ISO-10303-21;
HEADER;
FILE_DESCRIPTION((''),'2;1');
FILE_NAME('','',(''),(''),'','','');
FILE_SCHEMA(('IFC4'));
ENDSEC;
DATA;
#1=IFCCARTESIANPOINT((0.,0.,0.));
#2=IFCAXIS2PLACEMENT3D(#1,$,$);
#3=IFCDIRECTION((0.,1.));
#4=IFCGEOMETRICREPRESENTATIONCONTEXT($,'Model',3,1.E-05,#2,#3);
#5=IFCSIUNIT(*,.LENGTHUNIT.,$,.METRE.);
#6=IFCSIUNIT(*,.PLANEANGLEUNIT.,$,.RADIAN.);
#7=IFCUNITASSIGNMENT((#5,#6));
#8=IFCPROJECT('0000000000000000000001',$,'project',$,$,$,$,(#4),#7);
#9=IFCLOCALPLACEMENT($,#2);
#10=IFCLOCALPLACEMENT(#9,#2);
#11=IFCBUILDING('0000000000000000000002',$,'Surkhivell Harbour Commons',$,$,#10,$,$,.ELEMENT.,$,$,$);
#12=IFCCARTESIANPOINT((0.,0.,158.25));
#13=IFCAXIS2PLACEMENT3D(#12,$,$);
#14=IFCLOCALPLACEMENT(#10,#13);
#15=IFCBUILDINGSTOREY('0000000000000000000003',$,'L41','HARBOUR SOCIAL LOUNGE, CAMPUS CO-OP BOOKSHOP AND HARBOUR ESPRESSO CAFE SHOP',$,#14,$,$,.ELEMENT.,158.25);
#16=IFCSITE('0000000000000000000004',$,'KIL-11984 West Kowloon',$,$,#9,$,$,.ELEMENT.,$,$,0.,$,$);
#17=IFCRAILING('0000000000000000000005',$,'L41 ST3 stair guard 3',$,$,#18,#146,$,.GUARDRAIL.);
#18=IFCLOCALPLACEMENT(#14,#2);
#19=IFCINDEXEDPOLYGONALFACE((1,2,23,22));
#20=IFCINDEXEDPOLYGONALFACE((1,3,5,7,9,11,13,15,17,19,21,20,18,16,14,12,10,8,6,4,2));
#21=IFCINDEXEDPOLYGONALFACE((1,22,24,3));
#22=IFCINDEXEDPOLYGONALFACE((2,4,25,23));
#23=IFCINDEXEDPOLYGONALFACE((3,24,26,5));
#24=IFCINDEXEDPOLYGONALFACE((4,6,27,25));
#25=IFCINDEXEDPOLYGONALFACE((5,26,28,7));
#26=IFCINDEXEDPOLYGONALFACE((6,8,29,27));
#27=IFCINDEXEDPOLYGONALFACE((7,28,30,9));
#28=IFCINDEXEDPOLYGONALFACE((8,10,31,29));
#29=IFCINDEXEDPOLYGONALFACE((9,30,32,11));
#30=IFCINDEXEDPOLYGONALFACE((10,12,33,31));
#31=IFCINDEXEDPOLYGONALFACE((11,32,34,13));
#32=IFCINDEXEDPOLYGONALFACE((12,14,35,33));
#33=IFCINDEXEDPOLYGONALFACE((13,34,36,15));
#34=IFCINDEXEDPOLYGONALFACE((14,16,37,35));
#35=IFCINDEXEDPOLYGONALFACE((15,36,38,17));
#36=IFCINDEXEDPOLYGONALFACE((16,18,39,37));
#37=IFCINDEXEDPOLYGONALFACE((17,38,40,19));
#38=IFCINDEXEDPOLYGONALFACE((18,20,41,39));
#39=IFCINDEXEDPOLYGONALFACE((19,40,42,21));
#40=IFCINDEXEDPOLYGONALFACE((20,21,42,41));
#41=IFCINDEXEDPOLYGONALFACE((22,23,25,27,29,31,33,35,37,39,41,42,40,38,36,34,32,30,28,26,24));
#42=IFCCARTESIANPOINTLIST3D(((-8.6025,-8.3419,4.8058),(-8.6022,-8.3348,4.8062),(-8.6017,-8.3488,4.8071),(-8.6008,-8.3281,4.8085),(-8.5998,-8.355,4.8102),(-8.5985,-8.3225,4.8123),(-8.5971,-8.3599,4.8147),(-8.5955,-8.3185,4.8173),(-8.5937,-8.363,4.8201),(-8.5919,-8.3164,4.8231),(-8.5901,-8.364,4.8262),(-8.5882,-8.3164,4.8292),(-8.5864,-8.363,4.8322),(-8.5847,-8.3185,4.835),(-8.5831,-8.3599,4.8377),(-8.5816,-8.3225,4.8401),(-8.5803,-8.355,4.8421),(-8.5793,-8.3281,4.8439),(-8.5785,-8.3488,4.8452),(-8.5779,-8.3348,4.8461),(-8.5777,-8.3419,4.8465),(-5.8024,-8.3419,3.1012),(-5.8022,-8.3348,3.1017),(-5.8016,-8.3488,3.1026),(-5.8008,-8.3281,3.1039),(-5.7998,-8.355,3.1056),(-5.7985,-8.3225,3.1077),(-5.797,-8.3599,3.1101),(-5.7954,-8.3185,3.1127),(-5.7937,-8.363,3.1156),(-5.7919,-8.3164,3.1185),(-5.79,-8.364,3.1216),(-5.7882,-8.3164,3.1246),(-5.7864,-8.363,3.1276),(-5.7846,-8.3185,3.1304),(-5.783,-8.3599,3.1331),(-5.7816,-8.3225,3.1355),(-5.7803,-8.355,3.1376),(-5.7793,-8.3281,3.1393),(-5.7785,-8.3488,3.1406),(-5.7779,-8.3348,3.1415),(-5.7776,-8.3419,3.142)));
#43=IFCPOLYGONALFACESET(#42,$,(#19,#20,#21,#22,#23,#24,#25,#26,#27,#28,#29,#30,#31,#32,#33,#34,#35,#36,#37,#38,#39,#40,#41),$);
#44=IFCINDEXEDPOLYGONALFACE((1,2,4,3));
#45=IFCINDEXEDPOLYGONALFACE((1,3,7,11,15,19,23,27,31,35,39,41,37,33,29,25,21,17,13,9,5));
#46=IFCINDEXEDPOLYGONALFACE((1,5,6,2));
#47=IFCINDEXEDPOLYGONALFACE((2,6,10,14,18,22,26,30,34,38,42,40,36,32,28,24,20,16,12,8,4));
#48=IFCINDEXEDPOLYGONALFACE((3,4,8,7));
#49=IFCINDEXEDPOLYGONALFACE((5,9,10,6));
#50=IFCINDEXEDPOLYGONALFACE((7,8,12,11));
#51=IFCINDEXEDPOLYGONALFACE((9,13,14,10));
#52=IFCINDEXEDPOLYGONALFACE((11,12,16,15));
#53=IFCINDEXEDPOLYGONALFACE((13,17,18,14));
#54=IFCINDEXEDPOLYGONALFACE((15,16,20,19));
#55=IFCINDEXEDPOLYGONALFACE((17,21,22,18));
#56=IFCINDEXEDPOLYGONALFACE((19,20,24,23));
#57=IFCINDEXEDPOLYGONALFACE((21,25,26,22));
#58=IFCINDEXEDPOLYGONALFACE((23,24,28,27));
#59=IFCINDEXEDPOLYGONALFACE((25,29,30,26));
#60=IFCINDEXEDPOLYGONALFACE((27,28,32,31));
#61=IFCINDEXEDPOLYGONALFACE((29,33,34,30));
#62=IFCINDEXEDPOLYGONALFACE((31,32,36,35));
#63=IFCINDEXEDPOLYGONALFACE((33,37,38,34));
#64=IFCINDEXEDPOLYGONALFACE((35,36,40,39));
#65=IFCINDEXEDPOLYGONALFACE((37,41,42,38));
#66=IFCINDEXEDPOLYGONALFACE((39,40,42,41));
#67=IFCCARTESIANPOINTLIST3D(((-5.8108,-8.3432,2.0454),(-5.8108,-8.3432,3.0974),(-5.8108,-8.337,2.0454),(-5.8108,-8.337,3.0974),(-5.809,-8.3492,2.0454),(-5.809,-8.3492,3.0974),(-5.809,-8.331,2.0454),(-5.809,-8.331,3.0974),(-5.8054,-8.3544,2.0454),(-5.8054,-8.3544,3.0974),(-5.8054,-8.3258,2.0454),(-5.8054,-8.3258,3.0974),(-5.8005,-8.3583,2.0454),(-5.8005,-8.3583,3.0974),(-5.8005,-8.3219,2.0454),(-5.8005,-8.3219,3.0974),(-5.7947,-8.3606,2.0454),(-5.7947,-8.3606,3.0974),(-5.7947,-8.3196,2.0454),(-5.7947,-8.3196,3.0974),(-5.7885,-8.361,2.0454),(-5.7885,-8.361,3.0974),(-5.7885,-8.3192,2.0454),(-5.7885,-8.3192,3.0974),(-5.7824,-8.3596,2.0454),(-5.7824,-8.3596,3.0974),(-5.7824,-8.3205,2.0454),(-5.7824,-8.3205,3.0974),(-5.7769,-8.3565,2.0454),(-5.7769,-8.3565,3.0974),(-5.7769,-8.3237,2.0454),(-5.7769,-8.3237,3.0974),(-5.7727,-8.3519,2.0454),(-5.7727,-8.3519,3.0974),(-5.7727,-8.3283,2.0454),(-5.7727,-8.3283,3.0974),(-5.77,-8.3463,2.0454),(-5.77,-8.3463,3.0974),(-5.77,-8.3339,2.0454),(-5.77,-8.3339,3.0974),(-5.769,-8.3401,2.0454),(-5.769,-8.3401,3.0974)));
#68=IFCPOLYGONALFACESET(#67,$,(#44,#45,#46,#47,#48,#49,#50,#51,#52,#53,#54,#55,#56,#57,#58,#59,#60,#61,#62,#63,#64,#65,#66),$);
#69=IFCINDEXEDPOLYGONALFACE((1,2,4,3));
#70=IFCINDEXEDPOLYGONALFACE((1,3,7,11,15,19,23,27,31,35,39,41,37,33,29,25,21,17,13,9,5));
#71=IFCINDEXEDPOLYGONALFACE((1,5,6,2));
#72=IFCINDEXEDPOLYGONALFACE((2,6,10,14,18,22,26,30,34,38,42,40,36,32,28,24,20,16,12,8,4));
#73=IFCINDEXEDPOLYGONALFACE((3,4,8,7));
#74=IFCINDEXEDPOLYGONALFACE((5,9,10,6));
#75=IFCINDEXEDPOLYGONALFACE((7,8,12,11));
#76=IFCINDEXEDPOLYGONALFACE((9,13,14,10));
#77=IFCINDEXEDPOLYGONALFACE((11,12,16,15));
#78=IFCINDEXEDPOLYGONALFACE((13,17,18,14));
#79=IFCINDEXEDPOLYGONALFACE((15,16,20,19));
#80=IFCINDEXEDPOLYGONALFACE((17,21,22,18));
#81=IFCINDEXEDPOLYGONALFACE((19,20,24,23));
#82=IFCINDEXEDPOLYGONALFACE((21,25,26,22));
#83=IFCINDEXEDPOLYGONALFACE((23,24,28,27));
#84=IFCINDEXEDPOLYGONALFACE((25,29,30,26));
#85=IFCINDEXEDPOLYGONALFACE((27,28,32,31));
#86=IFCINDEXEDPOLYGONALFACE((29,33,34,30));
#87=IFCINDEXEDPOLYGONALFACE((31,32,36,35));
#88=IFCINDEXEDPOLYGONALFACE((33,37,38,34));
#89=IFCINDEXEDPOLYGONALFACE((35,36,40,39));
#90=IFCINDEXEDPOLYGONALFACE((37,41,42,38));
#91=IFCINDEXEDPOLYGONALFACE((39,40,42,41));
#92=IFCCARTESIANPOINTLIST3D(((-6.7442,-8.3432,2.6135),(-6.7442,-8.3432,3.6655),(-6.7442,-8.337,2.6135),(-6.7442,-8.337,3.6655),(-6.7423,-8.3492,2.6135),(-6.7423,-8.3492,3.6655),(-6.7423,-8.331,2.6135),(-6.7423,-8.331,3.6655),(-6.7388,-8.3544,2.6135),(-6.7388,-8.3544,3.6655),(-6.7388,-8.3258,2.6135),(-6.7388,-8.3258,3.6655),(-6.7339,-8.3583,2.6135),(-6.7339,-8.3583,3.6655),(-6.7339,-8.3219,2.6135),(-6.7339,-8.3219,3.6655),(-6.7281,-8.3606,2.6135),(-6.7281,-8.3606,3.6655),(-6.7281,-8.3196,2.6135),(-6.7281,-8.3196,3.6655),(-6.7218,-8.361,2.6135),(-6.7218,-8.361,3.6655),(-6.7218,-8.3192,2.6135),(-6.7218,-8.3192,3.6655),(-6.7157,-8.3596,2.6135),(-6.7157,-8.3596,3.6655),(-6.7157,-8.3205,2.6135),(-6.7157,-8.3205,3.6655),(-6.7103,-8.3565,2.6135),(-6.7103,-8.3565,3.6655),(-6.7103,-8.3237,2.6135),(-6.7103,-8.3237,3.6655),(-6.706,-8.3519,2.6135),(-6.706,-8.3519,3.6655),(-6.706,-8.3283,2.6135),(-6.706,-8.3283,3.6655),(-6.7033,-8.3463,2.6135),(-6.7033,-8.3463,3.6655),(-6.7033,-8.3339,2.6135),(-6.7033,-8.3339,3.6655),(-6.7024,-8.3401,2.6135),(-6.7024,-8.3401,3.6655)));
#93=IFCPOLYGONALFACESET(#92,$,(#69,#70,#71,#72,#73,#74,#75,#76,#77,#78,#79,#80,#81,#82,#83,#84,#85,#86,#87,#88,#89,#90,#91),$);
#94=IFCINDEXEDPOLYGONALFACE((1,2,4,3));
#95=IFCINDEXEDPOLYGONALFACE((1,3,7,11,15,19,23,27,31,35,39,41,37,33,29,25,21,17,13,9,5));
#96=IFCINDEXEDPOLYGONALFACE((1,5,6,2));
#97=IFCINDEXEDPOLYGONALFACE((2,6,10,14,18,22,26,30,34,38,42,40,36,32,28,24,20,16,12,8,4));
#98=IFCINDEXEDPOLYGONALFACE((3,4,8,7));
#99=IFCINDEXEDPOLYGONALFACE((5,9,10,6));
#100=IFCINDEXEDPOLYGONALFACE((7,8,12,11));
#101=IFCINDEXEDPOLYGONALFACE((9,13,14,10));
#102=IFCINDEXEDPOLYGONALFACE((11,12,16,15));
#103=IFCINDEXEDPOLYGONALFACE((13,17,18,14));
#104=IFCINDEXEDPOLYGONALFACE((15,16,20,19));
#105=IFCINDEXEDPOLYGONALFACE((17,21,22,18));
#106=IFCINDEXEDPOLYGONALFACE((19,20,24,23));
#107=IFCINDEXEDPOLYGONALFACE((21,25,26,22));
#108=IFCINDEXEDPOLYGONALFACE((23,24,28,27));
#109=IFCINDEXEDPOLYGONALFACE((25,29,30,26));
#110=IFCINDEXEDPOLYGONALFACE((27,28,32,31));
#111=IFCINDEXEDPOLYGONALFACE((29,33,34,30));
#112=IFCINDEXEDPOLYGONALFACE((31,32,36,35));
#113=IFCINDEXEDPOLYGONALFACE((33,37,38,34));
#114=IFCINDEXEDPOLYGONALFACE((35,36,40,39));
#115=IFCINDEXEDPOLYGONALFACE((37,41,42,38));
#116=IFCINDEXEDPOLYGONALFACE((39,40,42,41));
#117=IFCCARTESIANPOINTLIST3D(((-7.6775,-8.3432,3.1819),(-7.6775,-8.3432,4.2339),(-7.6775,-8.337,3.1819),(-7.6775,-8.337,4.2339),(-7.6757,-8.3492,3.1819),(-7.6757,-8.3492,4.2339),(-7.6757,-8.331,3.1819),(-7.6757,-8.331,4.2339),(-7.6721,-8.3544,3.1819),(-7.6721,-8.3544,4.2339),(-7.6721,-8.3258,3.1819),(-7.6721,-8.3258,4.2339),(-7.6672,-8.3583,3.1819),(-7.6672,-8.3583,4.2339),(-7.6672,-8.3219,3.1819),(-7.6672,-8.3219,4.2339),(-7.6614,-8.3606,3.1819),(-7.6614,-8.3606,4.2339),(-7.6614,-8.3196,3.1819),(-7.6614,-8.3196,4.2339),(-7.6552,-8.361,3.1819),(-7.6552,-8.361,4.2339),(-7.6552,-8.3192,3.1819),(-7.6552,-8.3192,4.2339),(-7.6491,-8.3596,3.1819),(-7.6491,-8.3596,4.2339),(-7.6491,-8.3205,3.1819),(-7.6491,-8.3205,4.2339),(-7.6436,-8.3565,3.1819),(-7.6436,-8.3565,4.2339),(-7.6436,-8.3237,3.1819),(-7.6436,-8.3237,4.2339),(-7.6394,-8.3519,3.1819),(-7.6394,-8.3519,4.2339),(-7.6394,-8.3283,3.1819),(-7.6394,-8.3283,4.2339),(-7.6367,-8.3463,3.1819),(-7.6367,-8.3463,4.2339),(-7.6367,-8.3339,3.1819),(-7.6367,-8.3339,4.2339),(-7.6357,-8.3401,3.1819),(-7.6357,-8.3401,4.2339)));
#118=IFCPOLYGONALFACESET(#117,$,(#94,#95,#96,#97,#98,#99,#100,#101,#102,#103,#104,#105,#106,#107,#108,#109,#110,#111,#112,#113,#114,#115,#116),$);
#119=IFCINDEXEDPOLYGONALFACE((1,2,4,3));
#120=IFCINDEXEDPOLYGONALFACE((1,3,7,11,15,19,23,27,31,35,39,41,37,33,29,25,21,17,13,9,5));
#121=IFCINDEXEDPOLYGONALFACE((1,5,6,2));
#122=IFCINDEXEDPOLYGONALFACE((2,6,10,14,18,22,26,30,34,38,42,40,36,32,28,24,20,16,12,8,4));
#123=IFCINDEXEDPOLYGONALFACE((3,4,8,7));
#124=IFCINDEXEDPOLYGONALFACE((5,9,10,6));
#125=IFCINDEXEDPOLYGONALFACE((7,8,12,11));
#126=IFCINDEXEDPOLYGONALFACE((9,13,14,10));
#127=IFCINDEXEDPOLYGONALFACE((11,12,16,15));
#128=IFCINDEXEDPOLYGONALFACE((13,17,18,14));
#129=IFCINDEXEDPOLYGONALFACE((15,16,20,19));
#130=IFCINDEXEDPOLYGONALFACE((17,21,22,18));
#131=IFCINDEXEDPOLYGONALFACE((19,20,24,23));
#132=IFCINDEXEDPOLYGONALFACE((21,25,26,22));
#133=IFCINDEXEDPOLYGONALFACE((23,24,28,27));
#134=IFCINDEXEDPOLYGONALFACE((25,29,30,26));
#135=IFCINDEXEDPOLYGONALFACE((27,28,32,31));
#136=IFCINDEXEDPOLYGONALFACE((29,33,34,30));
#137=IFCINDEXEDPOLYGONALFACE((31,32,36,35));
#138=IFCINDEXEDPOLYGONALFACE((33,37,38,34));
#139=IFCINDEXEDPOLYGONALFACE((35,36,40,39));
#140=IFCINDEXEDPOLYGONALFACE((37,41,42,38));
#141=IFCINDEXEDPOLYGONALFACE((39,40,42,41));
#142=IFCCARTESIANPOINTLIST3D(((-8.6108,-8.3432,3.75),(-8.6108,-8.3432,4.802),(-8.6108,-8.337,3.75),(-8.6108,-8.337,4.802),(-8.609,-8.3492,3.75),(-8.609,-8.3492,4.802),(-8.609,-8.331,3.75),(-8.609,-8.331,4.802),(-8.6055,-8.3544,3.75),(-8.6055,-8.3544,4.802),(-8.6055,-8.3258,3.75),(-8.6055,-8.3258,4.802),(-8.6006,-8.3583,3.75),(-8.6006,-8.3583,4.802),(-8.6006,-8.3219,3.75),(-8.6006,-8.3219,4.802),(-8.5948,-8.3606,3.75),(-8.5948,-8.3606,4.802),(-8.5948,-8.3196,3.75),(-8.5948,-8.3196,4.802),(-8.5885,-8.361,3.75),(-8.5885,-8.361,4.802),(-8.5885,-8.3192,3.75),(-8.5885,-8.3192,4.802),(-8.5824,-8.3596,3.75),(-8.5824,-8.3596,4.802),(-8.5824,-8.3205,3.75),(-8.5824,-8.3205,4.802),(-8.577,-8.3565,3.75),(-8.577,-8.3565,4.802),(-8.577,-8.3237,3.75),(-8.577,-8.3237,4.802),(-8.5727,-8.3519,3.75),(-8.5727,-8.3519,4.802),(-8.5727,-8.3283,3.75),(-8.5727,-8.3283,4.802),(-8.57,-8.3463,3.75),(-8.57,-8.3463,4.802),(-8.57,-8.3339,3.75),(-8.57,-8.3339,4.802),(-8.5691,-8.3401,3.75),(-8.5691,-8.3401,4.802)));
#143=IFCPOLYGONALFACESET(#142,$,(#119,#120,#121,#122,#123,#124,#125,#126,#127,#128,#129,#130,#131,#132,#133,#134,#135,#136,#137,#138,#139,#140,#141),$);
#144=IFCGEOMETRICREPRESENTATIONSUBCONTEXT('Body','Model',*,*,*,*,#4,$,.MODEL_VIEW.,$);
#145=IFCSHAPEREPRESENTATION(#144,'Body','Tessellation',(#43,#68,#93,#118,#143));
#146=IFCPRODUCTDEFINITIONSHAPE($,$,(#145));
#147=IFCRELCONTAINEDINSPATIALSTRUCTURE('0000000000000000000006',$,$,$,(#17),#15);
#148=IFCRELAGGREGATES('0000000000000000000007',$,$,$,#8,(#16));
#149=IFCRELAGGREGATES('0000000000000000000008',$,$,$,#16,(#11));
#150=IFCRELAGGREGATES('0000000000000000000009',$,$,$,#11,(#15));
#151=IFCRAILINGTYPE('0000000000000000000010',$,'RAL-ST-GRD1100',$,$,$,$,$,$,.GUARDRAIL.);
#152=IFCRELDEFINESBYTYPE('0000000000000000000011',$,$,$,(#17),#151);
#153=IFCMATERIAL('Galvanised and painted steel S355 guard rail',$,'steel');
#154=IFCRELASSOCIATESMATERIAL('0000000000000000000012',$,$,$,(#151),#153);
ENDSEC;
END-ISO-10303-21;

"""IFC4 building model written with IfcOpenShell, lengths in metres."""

from ifc_helpers import new_model, si_unit, direction, frame, origin, origin_2d, place, context, subcontext, project, spatial, circle, extrude, material, type_object, element, save


model = new_model("IFC4")

# Units and contexts
model_context = context("Model", 3, precision=1e-05, world=origin(), true_north=direction((0.0, 1.0)))
body_context = subcontext(model_context, "Body", "Model", "MODEL_VIEW")
ifc_project = project(units=[si_unit("LENGTHUNIT", "METRE"), si_unit("PLANEANGLEUNIT", "RADIAN")], contexts=[model_context])

# Site, building, storey
site_placement = place(None, origin())
site = spatial("IfcSite", under=ifc_project, at=site_placement, Name="KIL-11984 West Kowloon", CompositionType="ELEMENT", RefElevation=0.0)
building_placement = place(site_placement, origin())
building = spatial("IfcBuilding", under=site, at=building_placement, Name="Surkhivell Harbour Commons", CompositionType="ELEMENT")
storey_placement = place(building_placement, frame((0.0, 0.0, 158.25)))
storey = spatial("IfcBuildingStorey", under=building, at=storey_placement, Name="L41", Description="HARBOUR SOCIAL LOUNGE, CAMPUS CO-OP BOOKSHOP AND HARBOUR ESPRESSO CAFE SHOP", CompositionType="ELEMENT", Elevation=158.25)

# Railing
ifc_material_1 = material(Name="Galvanised and painted steel S355 guard rail", Category="steel")
railing_type_1 = type_object("IfcRailingType", Name="RAL-ST-GRD1100", PredefinedType="GUARDRAIL", material=ifc_material_1)
railing_1_placement = place(storey_placement, frame((-5.79, -8.3401, 2.0454)))
element("IfcRailing", 1, at=railing_1_placement, inside=storey, type_object=railing_type_1, Name="L41 ST3 stair guard 3", PredefinedType="GUARDRAIL", context=body_context, shape_type="SweptSolid", body=[
    extrude(circle(Radius=0.0239, at=origin_2d()), frame((0.0, 0.0, 1.0762), z_axis=(-0.85417, 0.0, 0.519994), x_axis=(0.0, -1.0, 0.0)), (0.0, 0.0, 1.0), 3.2781),
    extrude(circle(Radius=0.021, at=origin_2d()), origin(), (0.0, 0.0, 1.0), 1.052),
    extrude(circle(Radius=0.021, at=origin_2d()), frame((-0.9333, 0.0, 0.5681)), (0.0, 0.0, 1.0), 1.052),
    extrude(circle(Radius=0.021, at=origin_2d()), frame((-1.8667, 0.0, 1.1365)), (0.0, 0.0, 1.0), 1.052),
    extrude(circle(Radius=0.021, at=origin_2d()), frame((-2.8, 0.0, 1.7046)), (0.0, 0.0, 1.0), 1.052),
])

save(model, "model.ifc")
